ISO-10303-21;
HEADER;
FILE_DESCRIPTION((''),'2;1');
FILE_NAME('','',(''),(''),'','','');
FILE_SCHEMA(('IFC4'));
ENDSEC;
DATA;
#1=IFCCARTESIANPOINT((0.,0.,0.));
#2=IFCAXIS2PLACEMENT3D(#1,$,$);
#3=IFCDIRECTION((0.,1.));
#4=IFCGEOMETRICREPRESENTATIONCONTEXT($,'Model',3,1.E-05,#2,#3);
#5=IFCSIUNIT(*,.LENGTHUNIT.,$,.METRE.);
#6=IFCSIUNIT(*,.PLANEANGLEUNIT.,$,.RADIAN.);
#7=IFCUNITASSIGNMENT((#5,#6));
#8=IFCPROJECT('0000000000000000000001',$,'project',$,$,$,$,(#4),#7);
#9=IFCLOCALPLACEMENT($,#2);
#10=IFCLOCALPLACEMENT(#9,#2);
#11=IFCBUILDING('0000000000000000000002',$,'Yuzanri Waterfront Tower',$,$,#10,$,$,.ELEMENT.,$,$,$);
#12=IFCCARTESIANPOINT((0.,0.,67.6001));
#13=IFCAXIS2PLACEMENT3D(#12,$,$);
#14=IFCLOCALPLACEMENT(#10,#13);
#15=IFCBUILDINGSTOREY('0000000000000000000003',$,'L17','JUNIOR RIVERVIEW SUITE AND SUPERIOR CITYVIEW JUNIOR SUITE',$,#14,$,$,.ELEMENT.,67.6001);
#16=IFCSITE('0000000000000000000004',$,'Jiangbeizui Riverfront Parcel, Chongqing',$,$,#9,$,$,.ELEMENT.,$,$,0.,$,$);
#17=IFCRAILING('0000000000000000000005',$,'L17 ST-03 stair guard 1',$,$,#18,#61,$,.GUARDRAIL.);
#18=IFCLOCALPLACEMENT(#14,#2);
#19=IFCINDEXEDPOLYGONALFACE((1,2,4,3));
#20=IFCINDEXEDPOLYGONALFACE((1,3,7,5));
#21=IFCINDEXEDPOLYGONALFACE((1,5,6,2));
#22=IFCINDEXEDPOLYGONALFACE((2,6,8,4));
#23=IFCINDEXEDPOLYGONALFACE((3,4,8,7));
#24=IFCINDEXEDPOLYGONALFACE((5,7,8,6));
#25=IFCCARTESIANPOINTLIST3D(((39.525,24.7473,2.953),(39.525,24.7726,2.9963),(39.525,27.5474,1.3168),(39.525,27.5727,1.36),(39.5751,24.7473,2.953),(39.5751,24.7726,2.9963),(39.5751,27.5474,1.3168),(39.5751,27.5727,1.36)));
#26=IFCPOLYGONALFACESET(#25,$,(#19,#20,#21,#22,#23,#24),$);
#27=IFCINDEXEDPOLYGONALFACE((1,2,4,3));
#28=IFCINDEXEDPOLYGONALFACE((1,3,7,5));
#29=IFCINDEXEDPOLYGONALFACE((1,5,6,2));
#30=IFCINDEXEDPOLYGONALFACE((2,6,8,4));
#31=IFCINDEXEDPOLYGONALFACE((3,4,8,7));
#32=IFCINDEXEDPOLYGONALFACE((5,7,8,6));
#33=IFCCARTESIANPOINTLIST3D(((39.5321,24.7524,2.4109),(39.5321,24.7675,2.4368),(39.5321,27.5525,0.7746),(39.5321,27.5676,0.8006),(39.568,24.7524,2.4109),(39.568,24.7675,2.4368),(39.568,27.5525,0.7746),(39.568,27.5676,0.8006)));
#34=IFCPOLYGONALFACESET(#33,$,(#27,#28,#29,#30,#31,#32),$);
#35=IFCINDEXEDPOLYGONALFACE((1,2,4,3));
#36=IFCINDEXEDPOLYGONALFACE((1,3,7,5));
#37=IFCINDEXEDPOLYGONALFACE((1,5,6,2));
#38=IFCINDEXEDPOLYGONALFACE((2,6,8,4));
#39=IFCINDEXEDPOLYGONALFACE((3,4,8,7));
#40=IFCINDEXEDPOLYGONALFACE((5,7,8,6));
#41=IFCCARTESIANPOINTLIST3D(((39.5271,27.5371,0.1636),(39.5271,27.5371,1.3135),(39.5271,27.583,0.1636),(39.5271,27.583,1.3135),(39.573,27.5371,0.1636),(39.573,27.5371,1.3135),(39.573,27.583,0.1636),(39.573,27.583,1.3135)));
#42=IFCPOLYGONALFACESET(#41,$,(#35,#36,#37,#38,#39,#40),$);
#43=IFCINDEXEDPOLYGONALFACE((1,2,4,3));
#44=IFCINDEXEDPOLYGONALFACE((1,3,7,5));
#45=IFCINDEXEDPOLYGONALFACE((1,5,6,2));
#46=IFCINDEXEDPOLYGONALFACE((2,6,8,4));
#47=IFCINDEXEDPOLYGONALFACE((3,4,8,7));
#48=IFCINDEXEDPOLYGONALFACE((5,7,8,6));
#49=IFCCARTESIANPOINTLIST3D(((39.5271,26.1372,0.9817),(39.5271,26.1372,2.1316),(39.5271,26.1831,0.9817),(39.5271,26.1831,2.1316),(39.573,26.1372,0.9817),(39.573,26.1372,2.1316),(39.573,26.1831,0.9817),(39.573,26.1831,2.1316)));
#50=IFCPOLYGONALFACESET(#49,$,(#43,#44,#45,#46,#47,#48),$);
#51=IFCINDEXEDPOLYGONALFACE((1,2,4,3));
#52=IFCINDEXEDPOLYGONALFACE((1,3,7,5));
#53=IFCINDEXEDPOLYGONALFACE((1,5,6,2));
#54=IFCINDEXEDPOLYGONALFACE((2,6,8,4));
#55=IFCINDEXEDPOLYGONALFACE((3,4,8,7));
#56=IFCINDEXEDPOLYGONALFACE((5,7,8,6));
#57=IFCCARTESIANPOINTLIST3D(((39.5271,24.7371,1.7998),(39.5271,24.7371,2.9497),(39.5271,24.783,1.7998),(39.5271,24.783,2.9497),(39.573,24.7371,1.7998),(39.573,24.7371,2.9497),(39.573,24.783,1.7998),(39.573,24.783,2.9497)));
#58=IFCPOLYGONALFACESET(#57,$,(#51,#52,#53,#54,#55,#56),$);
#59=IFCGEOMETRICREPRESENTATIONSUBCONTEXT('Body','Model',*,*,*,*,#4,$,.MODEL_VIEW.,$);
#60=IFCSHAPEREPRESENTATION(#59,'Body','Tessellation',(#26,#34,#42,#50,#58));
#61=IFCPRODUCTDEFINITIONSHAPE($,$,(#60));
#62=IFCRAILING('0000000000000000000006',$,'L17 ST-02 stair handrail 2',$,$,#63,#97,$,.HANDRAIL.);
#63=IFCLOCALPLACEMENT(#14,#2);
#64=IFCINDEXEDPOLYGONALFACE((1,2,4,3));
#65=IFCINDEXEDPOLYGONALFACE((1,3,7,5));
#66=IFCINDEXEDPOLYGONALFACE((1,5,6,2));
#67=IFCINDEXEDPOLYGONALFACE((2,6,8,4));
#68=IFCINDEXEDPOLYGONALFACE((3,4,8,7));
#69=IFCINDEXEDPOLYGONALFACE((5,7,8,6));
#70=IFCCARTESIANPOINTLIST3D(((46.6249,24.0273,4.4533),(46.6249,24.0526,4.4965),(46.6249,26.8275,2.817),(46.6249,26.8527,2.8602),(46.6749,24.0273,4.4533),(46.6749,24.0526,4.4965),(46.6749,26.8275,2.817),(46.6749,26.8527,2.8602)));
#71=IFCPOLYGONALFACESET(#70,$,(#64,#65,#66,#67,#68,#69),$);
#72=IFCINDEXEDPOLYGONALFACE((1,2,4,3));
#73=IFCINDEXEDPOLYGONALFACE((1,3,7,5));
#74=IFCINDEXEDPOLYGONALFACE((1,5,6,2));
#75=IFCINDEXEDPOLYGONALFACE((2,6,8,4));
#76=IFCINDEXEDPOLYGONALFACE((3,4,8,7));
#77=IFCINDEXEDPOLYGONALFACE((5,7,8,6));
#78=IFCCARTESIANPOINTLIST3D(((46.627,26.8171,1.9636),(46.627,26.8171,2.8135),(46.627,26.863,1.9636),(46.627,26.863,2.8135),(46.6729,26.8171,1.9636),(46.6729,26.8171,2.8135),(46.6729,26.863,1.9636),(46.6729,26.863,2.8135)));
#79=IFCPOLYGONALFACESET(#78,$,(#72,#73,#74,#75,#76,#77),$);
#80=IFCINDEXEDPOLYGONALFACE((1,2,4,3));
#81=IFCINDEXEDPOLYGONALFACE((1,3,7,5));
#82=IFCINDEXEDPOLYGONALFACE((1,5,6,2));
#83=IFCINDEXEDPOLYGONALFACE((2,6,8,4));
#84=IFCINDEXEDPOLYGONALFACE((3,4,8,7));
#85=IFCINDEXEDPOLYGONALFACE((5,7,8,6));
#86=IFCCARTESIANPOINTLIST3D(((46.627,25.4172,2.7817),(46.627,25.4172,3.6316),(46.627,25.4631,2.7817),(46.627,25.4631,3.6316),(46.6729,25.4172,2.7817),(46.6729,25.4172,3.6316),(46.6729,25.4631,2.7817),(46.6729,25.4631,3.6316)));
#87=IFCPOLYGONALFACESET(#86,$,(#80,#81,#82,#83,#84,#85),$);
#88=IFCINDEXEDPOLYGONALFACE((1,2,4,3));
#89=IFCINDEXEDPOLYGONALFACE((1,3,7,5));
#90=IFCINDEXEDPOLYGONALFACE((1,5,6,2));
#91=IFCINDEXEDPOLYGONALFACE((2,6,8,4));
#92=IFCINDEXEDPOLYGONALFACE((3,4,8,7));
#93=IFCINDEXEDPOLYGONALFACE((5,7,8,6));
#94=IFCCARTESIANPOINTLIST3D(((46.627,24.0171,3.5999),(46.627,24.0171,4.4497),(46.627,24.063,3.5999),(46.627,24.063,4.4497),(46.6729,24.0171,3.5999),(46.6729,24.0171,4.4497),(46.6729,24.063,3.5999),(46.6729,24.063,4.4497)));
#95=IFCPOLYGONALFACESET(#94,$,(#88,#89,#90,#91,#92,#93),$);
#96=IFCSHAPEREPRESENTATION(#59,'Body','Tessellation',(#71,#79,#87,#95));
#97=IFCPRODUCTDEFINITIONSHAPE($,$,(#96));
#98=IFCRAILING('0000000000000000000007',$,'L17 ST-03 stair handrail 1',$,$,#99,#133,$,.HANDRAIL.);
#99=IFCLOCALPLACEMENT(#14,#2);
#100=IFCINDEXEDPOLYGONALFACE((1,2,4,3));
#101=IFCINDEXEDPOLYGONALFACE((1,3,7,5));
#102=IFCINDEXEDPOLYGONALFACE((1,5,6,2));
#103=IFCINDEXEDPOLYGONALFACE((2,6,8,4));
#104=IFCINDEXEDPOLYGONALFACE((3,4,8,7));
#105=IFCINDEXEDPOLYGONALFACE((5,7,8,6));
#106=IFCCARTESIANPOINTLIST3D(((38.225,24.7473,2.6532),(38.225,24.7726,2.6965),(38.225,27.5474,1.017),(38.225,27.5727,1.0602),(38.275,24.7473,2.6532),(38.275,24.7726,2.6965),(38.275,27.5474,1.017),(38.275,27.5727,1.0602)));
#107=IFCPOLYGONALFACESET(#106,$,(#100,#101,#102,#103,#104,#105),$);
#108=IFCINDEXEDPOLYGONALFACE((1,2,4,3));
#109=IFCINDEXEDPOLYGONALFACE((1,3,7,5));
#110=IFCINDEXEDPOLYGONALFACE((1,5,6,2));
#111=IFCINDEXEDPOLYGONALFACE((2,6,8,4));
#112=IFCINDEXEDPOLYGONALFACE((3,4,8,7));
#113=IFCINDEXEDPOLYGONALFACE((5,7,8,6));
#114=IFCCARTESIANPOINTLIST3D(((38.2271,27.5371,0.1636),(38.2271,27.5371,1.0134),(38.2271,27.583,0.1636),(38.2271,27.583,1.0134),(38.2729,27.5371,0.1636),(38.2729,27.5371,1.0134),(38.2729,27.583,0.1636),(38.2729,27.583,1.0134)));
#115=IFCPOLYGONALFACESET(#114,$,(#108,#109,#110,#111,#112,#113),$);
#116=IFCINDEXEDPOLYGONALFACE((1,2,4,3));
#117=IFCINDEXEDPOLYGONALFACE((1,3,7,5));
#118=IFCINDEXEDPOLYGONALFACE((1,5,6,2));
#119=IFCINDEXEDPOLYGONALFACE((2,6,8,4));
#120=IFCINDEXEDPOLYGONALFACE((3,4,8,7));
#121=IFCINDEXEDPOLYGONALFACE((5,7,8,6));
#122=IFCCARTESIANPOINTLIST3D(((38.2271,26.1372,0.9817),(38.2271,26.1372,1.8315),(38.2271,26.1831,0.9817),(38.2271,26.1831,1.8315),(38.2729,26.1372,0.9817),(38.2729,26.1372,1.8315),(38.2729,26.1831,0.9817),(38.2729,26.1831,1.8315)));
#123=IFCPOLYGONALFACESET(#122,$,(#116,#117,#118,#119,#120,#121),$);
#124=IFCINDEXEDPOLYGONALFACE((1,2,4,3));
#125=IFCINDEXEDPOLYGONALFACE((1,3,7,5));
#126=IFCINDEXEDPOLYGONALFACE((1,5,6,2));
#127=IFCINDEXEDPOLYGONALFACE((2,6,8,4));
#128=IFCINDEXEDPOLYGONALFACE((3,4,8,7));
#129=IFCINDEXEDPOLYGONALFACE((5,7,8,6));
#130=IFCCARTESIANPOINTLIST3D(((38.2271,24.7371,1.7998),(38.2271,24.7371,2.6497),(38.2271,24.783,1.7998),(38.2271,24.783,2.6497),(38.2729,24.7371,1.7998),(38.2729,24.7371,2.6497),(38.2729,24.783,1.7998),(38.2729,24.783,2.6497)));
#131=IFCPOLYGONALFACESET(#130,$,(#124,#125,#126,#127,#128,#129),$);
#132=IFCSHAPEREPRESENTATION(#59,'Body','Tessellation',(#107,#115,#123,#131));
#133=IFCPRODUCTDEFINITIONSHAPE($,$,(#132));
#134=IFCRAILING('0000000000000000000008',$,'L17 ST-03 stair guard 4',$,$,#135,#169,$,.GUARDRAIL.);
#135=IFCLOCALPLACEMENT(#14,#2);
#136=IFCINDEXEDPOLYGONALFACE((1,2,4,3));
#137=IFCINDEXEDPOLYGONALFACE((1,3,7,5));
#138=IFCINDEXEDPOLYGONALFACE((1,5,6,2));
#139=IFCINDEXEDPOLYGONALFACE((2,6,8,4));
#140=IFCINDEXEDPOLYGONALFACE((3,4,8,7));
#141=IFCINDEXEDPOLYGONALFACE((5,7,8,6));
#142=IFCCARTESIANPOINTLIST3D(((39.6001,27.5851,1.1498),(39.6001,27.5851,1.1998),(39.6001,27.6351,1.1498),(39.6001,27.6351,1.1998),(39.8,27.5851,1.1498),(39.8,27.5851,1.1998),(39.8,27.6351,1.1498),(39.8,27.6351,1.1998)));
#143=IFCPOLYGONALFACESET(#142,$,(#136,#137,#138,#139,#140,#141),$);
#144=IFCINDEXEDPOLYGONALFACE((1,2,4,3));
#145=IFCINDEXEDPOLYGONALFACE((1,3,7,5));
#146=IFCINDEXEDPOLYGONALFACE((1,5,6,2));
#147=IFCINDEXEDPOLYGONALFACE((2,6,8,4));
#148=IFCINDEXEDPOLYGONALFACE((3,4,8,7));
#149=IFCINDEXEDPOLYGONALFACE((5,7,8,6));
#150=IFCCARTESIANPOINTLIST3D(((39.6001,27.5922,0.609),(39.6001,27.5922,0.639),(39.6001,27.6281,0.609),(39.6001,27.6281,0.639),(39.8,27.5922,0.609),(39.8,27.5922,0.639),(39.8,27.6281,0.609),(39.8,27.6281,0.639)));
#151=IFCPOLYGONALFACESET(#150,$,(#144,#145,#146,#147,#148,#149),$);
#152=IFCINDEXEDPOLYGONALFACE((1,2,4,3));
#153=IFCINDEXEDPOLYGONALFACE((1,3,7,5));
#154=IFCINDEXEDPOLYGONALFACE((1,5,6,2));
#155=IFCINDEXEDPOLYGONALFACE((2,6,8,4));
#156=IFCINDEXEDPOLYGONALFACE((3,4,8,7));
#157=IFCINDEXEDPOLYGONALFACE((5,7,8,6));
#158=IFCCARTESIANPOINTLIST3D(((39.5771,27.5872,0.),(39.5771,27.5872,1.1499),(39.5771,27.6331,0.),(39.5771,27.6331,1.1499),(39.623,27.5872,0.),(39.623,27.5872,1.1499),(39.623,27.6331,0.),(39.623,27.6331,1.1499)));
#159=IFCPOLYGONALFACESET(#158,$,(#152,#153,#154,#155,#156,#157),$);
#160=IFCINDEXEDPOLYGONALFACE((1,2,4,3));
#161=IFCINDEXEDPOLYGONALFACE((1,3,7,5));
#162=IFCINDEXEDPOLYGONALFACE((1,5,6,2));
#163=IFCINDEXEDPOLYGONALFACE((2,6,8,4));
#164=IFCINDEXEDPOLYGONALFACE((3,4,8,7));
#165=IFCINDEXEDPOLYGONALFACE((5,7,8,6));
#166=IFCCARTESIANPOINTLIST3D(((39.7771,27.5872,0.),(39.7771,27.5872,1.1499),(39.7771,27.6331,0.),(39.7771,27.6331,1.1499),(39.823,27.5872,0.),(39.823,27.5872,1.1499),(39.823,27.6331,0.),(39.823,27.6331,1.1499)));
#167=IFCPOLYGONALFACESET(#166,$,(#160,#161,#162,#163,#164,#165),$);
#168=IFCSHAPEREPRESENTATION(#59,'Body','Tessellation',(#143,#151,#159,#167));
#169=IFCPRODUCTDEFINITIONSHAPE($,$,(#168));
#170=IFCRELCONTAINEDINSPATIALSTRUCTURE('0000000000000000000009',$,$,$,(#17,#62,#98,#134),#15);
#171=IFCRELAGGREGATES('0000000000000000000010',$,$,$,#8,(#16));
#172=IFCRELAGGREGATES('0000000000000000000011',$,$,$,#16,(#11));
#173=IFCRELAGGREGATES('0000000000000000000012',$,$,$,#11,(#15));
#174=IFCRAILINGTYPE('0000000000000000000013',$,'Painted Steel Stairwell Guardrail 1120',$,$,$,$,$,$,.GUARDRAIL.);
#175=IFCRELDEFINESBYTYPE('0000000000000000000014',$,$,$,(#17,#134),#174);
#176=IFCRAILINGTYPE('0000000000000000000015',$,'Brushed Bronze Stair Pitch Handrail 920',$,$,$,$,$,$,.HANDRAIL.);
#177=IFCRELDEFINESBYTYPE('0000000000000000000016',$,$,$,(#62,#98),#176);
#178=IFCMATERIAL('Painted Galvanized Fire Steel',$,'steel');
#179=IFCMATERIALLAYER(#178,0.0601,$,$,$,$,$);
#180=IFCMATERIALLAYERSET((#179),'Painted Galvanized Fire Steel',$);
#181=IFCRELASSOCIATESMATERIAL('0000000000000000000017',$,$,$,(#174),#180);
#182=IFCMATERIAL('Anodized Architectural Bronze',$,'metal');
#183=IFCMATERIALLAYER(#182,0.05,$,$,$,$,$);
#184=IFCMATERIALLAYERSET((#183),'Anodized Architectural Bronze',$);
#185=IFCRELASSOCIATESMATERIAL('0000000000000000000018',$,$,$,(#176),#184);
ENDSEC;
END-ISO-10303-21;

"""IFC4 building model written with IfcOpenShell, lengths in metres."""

from ifc_helpers import new_model, si_unit, direction, frame, origin, origin_2d, place, context, subcontext, project, spatial, rectangle, extrude, source, transform, mapped, material, layer, layer_set, type_object, element, save


model = new_model("IFC4")

# Units and contexts
model_context = context("Model", 3, precision=1e-05, world=origin(), true_north=direction((0.0, 1.0)))
body_context = subcontext(model_context, "Body", "Model", "MODEL_VIEW")
ifc_project = project(units=[si_unit("LENGTHUNIT", "METRE"), si_unit("PLANEANGLEUNIT", "RADIAN")], contexts=[model_context])

# Site, building, storey
site_placement = place(None, origin())
site = spatial("IfcSite", under=ifc_project, at=site_placement, Name="Jiangbeizui Riverfront Parcel, Chongqing", CompositionType="ELEMENT", RefElevation=0.0)
building_placement = place(site_placement, origin())
building = spatial("IfcBuilding", under=site, at=building_placement, Name="Yuzanri Waterfront Tower", CompositionType="ELEMENT")
storey_placement = place(building_placement, frame((0.0, 0.0, 67.6001)))
storey = spatial("IfcBuildingStorey", under=building, at=storey_placement, Name="L17", Description="JUNIOR RIVERVIEW SUITE AND SUPERIOR CITYVIEW JUNIOR SUITE", CompositionType="ELEMENT", Elevation=67.6001)

# Railings
ifc_material_1 = material(Name="Painted Galvanized Fire Steel", Category="steel")
ifc_layer_1 = layer(ifc_material_1, 0.0601)
ifc_layer_set_1 = layer_set([ifc_layer_1], Name="Painted Galvanized Fire Steel")
railing_type_1 = type_object("IfcRailingType", Name="Painted Steel Stairwell Guardrail 1120", PredefinedType="GUARDRAIL", material=ifc_layer_set_1)
shared_shape_1 = source(origin(), body_context, "Body", "SweptSolid", [
    extrude(rectangle(XDim=0.05, YDim=0.05, at=origin_2d()), frame((0.0, 0.0, 1.1748), z_axis=(0.0, -0.863394, 0.504531), x_axis=(1.0, 0.0, 0.0)), (0.0, 0.0, 1.0), 3.2432),
    extrude(rectangle(XDim=0.0359, YDim=0.03, at=origin_2d()), frame((0.0, 0.0, 0.624), z_axis=(0.0, -0.863394, 0.504531), x_axis=(1.0, 0.0, 0.0)), (0.0, 0.0, 1.0), 3.2432),
    extrude(rectangle(XDim=0.0459, YDim=0.0459, at=origin_2d()), origin(), (0.0, 0.0, 1.0), 1.1499),
    extrude(rectangle(XDim=0.0459, YDim=0.0459, at=origin_2d()), frame((0.0, -1.3999, 0.8181)), (0.0, 0.0, 1.0), 1.1499),
    extrude(rectangle(XDim=0.0459, YDim=0.0459, at=origin_2d()), frame((0.0, -2.8, 1.6362)), (0.0, 0.0, 1.0), 1.1499),
])
railing_1_placement = place(storey_placement, frame((39.55, 27.5601, 0.1636)))
element("IfcRailing", 1, at=railing_1_placement, inside=storey, type_object=railing_type_1, Name="L17 ST-03 stair guard 1", PredefinedType="GUARDRAIL", context=body_context, shape_type="MappedRepresentation", body=[
    mapped(shared_shape_1, transform((0.0, 0.0, 0.0), scale=1.0)),
])
ifc_material_2 = material(Name="Anodized Architectural Bronze", Category="metal")
ifc_layer_2 = layer(ifc_material_2, 0.05)
ifc_layer_set_2 = layer_set([ifc_layer_2], Name="Anodized Architectural Bronze")
railing_type_2 = type_object("IfcRailingType", Name="Brushed Bronze Stair Pitch Handrail 920", PredefinedType="HANDRAIL", material=ifc_layer_set_2)
shared_shape_2 = source(origin(), body_context, "Body", "SweptSolid", [
    extrude(rectangle(XDim=0.05, YDim=0.05, at=origin_2d()), frame((0.0, 0.0, 0.875), z_axis=(0.0, -0.863394, 0.504531), x_axis=(1.0, 0.0, 0.0)), (0.0, 0.0, 1.0), 3.2432),
    extrude(rectangle(XDim=0.0459, YDim=0.0459, at=origin_2d()), origin(), (0.0, 0.0, 1.0), 0.8499),
    extrude(rectangle(XDim=0.0459, YDim=0.0459, at=origin_2d()), frame((0.0, -1.3999, 0.8181)), (0.0, 0.0, 1.0), 0.8499),
    extrude(rectangle(XDim=0.0459, YDim=0.0459, at=origin_2d()), frame((0.0, -2.8, 1.6362)), (0.0, 0.0, 1.0), 0.8499),
])
for number, where, name in (
    (2, (46.6499, 26.8401, 1.9636), "L17 ST-02 stair handrail 2"),
    (3, (38.25, 27.5601, 0.1636), "L17 ST-03 stair handrail 1"),
):
    element("IfcRailing", number, at=place(storey_placement, frame(where)), inside=storey, type_object=railing_type_2, Name=name, PredefinedType="HANDRAIL", context=body_context, shape_type="MappedRepresentation", body=[
        mapped(shared_shape_2, transform((0.0, 0.0, 0.0), scale=1.0)),
    ])
shared_shape_3 = source(origin(), body_context, "Body", "SweptSolid", [
    extrude(rectangle(XDim=0.05, YDim=0.05, at=origin_2d()), frame((0.0, 0.0, 1.1748), z_axis=(1.0, 0.0, 0.0), x_axis=(0.0, 1.0, 0.0)), (0.0, 0.0, 1.0), 0.2),
    extrude(rectangle(XDim=0.0359, YDim=0.03, at=origin_2d()), frame((0.0, 0.0, 0.624), z_axis=(1.0, 0.0, 0.0), x_axis=(0.0, 1.0, 0.0)), (0.0, 0.0, 1.0), 0.2),
    extrude(rectangle(XDim=0.0459, YDim=0.0459, at=origin_2d()), origin(), (0.0, 0.0, 1.0), 1.1499),
    extrude(rectangle(XDim=0.0459, YDim=0.0459, at=origin_2d()), frame((0.2, 0.0, 0.0)), (0.0, 0.0, 1.0), 1.1499),
])
railing_2_placement = place(storey_placement, frame((39.6001, 27.6101, 0.0)))
element("IfcRailing", 4, at=railing_2_placement, inside=storey, type_object=railing_type_1, Name="L17 ST-03 stair guard 4", PredefinedType="GUARDRAIL", context=body_context, shape_type="MappedRepresentation", body=[
    mapped(shared_shape_3, transform((0.0, 0.0, 0.0), scale=1.0)),
])

save(model, "model.ifc")
